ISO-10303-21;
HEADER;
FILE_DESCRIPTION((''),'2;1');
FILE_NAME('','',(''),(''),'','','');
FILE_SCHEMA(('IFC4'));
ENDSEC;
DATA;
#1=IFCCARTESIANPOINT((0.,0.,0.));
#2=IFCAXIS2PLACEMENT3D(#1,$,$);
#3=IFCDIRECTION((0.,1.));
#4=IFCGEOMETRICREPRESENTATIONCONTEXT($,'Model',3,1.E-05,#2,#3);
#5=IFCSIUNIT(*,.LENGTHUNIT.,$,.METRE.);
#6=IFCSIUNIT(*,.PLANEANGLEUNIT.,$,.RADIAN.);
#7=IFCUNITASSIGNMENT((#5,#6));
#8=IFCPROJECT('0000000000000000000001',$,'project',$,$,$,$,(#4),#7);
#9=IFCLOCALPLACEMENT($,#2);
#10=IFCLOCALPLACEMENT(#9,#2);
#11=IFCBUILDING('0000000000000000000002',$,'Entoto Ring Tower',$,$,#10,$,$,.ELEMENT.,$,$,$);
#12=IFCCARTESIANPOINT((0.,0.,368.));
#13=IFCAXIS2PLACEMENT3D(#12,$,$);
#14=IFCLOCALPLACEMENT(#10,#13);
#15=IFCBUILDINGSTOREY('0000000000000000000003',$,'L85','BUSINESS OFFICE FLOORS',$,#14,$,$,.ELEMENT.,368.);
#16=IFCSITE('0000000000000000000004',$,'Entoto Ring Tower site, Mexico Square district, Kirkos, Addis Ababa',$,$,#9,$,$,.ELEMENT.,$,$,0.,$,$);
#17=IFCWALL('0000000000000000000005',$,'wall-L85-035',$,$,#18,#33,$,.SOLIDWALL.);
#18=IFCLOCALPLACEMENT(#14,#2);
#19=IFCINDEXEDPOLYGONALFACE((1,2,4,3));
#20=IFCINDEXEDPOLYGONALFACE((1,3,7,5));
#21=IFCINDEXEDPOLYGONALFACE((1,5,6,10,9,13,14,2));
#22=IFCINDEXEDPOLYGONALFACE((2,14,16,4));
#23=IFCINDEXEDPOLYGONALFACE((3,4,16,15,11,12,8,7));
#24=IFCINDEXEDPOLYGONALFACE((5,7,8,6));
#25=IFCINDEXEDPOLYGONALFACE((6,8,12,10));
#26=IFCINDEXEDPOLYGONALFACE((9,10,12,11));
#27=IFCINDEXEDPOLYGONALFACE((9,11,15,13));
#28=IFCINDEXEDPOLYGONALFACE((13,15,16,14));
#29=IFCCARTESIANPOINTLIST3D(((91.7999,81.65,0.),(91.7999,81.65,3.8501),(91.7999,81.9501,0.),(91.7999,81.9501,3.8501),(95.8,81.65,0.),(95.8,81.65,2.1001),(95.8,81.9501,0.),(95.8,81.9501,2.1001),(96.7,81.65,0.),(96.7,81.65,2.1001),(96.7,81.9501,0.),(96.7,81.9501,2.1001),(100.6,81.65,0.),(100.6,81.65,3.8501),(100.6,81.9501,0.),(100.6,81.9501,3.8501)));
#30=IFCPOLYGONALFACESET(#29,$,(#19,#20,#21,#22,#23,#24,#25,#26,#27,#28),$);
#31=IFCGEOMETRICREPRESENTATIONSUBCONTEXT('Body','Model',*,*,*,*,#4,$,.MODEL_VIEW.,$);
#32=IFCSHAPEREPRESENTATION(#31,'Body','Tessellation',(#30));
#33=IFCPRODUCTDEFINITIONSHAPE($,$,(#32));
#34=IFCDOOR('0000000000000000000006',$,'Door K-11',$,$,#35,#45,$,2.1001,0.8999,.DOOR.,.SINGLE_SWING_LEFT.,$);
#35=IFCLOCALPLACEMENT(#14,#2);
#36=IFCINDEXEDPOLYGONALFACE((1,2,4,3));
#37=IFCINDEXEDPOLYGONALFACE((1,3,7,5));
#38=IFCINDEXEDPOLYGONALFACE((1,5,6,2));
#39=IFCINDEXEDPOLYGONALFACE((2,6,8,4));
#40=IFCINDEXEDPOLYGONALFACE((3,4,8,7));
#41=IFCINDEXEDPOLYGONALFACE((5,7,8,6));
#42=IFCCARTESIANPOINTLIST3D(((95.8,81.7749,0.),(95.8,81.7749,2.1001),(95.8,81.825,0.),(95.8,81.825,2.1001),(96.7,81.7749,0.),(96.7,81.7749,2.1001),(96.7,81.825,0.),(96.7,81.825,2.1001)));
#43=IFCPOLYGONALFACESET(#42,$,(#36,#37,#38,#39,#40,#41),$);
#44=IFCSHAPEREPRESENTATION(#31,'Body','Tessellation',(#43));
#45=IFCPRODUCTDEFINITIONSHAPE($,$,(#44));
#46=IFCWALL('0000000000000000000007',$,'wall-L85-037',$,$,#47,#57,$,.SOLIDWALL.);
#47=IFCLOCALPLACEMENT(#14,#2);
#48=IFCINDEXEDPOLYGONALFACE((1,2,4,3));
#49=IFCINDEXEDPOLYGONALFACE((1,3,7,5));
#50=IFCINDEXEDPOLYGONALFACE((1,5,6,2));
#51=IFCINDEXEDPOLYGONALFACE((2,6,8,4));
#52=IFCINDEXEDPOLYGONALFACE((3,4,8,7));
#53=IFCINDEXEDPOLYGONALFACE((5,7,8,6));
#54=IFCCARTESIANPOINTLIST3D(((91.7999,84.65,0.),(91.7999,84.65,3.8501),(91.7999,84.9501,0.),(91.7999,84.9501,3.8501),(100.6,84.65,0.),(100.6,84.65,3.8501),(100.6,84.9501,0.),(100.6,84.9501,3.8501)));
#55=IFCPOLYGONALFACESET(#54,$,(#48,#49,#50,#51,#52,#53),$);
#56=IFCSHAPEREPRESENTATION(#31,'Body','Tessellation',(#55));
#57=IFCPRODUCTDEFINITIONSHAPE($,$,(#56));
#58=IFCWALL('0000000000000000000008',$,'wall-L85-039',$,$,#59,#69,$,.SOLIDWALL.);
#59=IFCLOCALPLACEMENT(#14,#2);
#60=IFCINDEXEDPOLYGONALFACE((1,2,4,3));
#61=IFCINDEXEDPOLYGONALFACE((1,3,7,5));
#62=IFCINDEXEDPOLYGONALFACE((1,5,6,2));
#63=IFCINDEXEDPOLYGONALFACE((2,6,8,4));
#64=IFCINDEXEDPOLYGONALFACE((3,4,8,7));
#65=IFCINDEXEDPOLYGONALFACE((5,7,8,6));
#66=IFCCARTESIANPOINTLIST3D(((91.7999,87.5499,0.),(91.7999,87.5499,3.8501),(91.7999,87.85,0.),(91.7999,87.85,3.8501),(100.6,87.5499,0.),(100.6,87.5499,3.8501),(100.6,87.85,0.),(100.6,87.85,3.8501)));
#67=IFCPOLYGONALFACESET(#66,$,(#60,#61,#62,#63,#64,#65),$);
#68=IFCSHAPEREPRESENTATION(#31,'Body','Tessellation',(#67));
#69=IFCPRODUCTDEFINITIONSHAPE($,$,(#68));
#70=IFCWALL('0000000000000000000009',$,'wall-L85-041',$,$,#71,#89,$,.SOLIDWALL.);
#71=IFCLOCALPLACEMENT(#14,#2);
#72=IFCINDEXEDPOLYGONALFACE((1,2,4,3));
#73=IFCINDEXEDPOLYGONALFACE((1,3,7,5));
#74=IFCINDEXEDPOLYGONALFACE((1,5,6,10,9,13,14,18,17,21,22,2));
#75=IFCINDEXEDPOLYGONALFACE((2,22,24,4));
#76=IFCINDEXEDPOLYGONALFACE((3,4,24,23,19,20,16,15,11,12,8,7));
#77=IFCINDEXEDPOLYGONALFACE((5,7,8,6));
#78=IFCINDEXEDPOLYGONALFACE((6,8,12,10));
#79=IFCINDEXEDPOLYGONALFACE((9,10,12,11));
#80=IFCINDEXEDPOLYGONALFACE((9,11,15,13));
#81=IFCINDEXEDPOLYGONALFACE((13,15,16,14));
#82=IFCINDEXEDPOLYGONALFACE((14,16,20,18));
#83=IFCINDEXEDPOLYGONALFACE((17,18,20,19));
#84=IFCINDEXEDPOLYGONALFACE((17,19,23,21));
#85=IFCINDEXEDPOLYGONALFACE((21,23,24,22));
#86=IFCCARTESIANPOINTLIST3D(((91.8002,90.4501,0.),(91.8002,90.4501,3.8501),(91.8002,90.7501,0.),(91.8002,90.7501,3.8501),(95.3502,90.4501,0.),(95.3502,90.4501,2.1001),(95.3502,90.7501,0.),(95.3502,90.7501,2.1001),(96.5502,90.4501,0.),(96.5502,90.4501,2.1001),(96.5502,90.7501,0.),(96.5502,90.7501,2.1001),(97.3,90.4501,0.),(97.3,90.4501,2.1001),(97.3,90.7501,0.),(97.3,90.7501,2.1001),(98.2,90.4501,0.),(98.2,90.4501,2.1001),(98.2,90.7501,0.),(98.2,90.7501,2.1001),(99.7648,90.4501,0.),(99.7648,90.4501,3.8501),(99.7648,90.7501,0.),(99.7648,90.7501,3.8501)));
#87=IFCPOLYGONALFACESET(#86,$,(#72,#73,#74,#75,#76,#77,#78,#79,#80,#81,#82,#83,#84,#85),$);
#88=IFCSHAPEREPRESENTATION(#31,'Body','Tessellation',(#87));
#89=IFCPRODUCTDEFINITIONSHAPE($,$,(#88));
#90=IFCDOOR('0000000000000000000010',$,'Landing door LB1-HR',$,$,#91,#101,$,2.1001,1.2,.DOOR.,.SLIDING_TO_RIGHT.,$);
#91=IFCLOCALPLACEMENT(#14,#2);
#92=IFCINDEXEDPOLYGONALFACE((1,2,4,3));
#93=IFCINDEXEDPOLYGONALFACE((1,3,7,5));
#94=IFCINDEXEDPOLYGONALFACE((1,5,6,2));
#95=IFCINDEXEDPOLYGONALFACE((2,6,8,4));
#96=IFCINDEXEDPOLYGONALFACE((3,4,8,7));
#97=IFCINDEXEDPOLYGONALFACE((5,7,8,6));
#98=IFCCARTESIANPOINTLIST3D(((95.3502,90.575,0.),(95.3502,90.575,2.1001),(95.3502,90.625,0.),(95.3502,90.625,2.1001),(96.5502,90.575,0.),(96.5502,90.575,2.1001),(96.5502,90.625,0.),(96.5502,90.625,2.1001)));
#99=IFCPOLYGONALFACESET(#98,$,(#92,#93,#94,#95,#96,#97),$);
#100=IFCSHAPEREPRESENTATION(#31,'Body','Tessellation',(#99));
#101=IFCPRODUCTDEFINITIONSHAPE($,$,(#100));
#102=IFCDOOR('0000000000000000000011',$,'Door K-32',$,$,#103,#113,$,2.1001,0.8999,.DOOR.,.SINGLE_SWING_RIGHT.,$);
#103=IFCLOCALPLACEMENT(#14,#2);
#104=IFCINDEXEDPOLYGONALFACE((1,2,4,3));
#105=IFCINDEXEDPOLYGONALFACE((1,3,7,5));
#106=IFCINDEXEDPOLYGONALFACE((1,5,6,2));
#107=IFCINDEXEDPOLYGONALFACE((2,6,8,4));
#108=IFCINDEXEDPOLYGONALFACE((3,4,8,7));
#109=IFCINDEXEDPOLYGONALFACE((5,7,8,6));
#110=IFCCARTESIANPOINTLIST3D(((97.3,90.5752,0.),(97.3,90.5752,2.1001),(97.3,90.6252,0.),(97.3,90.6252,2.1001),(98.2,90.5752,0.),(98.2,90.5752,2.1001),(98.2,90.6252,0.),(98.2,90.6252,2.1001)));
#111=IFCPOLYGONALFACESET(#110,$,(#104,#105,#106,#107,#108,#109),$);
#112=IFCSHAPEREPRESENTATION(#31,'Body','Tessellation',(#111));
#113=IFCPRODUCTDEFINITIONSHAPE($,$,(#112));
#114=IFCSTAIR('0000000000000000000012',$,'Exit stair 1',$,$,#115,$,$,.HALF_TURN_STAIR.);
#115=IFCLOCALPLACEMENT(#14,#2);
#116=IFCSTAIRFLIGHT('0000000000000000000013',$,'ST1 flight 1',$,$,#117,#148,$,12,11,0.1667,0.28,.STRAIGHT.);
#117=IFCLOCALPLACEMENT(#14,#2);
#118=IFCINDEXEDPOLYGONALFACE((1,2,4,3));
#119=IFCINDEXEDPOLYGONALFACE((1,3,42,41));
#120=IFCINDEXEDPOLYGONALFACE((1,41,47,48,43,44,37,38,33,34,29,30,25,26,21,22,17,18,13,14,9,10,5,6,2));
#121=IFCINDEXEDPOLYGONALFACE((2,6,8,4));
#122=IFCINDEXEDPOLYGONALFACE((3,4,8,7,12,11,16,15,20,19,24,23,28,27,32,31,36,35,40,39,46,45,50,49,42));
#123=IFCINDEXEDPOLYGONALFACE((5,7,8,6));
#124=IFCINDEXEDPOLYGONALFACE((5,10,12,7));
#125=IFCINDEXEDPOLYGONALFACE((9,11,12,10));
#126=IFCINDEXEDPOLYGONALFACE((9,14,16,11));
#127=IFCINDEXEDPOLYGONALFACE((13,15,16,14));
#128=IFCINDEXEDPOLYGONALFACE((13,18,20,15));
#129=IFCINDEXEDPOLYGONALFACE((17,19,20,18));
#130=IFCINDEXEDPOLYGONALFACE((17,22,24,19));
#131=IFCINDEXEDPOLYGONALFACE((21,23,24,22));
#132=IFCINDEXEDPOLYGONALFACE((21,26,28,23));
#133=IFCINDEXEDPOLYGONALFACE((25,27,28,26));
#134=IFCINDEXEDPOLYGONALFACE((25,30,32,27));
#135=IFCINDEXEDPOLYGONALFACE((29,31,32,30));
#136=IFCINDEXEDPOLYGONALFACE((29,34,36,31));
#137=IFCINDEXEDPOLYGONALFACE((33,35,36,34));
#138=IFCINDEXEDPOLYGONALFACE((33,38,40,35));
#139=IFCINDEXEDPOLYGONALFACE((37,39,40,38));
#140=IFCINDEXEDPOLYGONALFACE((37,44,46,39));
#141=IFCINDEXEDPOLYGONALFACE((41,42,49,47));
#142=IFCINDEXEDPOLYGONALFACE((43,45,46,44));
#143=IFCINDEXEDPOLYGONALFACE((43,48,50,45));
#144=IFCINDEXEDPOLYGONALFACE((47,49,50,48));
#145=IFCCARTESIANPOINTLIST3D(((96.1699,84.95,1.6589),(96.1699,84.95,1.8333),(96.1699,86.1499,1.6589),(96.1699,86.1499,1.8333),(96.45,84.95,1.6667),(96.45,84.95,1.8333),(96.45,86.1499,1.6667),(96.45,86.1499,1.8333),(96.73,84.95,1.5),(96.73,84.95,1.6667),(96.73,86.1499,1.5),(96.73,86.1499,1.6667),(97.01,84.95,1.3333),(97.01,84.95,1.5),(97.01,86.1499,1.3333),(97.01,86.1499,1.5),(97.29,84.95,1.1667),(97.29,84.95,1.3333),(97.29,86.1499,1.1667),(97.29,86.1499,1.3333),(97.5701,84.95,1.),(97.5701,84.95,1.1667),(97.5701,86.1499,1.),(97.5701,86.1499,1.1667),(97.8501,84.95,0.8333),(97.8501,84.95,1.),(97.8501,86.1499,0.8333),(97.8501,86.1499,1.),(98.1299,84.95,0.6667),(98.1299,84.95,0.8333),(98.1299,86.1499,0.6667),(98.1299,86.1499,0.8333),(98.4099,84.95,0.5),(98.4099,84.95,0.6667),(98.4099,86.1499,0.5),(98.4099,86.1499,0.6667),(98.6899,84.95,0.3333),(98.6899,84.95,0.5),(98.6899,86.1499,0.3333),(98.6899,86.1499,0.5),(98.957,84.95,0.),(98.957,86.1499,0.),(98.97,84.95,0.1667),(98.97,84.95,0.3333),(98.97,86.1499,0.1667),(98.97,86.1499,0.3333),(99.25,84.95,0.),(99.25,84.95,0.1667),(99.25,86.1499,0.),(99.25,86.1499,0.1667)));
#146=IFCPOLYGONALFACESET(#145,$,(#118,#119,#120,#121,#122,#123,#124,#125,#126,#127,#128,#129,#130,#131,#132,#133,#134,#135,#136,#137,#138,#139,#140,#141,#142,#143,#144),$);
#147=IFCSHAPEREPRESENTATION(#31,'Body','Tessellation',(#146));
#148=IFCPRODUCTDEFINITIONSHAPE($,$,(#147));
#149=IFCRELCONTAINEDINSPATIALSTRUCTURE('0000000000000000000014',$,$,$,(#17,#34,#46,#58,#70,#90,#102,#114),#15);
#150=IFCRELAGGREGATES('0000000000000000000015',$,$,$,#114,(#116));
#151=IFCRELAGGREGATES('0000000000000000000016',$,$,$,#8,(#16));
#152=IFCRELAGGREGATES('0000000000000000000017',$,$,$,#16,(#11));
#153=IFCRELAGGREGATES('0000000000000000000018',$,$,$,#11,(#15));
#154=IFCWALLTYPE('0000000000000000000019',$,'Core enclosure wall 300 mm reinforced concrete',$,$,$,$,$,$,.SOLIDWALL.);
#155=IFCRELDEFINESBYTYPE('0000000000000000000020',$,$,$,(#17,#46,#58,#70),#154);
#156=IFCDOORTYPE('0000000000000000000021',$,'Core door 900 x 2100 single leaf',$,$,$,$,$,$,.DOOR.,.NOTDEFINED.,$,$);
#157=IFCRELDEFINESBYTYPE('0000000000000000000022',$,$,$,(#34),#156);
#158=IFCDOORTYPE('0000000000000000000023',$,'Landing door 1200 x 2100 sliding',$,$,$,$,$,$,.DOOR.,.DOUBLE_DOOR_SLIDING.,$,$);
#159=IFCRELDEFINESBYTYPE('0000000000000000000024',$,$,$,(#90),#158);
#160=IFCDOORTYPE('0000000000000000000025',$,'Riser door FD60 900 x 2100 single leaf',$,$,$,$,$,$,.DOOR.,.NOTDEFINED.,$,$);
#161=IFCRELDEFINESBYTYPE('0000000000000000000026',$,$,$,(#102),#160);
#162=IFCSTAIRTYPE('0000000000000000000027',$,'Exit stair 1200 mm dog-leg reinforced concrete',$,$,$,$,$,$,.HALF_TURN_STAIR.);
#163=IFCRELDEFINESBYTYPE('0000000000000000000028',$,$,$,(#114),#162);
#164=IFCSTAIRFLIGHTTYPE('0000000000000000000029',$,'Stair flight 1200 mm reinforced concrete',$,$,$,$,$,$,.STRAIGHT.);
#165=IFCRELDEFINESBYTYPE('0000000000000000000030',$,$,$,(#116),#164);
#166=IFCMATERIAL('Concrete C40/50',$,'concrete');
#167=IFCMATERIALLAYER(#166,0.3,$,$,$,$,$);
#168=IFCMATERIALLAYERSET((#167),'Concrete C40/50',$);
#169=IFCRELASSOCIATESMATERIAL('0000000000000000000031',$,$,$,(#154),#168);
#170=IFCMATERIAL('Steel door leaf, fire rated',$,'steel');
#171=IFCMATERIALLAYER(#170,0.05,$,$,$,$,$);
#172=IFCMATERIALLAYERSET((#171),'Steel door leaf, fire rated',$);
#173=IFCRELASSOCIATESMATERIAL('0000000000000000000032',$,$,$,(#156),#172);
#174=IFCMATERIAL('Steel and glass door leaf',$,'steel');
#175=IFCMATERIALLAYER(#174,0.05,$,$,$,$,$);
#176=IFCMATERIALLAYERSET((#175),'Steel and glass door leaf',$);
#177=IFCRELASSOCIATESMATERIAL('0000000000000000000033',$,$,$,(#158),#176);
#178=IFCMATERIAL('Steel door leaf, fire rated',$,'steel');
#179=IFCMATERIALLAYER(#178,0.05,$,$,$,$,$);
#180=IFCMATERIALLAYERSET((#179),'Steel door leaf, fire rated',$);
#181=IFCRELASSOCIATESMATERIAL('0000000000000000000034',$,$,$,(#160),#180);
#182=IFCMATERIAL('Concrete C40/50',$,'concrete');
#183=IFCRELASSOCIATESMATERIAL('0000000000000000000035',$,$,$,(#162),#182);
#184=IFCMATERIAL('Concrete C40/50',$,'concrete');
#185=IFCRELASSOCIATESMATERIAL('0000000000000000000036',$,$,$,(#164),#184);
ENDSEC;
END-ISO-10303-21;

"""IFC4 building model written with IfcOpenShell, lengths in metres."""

from ifc_helpers import new_model, si_unit, direction, frame, frame_2d, origin, place, context, subcontext, project, spatial, polyline, rectangle, outline, extrude, material, layer, layer_set, type_object, element, fill, aggregate, save


model = new_model("IFC4")

# Units and contexts
model_context = context("Model", 3, precision=1e-05, world=origin(), true_north=direction((0.0, 1.0)))
body_context = subcontext(model_context, "Body", "Model", "MODEL_VIEW")
ifc_project = project(units=[si_unit("LENGTHUNIT", "METRE"), si_unit("PLANEANGLEUNIT", "RADIAN")], contexts=[model_context])

# Site, building, storey
site_placement = place(None, origin())
site = spatial("IfcSite", under=ifc_project, at=site_placement, Name="Entoto Ring Tower site, Mexico Square district, Kirkos, Addis Ababa", CompositionType="ELEMENT", RefElevation=0.0)
building_placement = place(site_placement, origin())
building = spatial("IfcBuilding", under=site, at=building_placement, Name="Entoto Ring Tower", CompositionType="ELEMENT")
storey_placement = place(building_placement, frame((0.0, 0.0, 368.0)))
storey = spatial("IfcBuildingStorey", under=building, at=storey_placement, Name="L85", Description="BUSINESS OFFICE FLOORS", CompositionType="ELEMENT", Elevation=368.0)

# Shared definitions
ifc_material_1 = material(Name="Concrete C40/50", Category="concrete")
ifc_layer_1 = layer(ifc_material_1, 0.3)
ifc_layer_set_1 = layer_set([ifc_layer_1], Name="Concrete C40/50")
wall_type = type_object("IfcWallType", Name="Core enclosure wall 300 mm reinforced concrete", PredefinedType="SOLIDWALL", material=ifc_layer_set_1)

# Shared definitions
ifc_material_2 = material(Name="Steel door leaf, fire rated", Category="steel")
ifc_layer_2 = layer(ifc_material_2, 0.05)
ifc_layer_set_2 = layer_set([ifc_layer_2], Name="Steel door leaf, fire rated")
door_type_1 = type_object("IfcDoorType", Name="Core door 900 x 2100 single leaf", OperationType="NOTDEFINED", PredefinedType="DOOR", material=ifc_layer_set_2)
ifc_material_3 = material(Name="Steel and glass door leaf", Category="steel")
ifc_layer_3 = layer(ifc_material_3, 0.05)
ifc_layer_set_3 = layer_set([ifc_layer_3], Name="Steel and glass door leaf")
door_type_2 = type_object("IfcDoorType", Name="Landing door 1200 x 2100 sliding", OperationType="DOUBLE_DOOR_SLIDING", PredefinedType="DOOR", material=ifc_layer_set_3)

# Wall, opening, door
wall_1_placement = place(storey_placement, frame((91.8, 81.8, 0.0), z_axis=(0.0, 0.0, 1.0), x_axis=(1.0, 0.0, 0.0)))
wall_1 = element("IfcWall", 1, at=wall_1_placement, inside=storey, type_object=wall_type, Name="wall-L85-035", PredefinedType="SOLIDWALL", context=body_context, shape_type="SweptSolid", body=[
    extrude(rectangle(XDim=8.8, YDim=0.3, at=frame_2d((4.3999, 0.0))), origin(), (0.0, 0.0, 1.0), 3.8501),
])
opening_1_placement = place(wall_1_placement, frame((4.0, 0.0, 0.0)))
opening_1 = element("IfcOpeningElement", 2, at=opening_1_placement, cuts=wall_1, PredefinedType="OPENING", context=body_context, shape_type="SweptSolid", body=[
    extrude(rectangle(XDim=0.8999, YDim=2.1001, at=frame_2d((0.45, 1.05))), frame((0.0, 0.1602, 0.0), z_axis=(0.0, -1.0, 0.0), x_axis=(1.0, 0.0, 0.0)), (0.0, 0.0, 1.0), 0.3201),
])
door_1_placement = place(opening_1_placement, origin())
door_1 = element("IfcDoor", 3, at=door_1_placement, inside=storey, type_object=door_type_1, Name="Door K-11", OperationType="SINGLE_SWING_LEFT", OverallHeight=2.1001, OverallWidth=0.8999, PredefinedType="DOOR", context=body_context, shape_type="SweptSolid", body=[
    extrude(rectangle(XDim=0.8999, YDim=2.1001, at=frame_2d((0.45, 1.05))), frame((0.0, 0.0249, 0.0), z_axis=(0.0, -1.0, 0.0), x_axis=(1.0, 0.0, 0.0)), (0.0, 0.0, 1.0), 0.05),
])
fill(opening_1, door_1)

# Walls
for number, where, z_axis, x_axis, name in (
    (4, (91.8, 84.8, 0.0), (0.0, 0.0, 1.0), (1.0, 0.0, 0.0), "wall-L85-037"),
    (5, (91.8, 87.7, 0.0), (0.0, 0.0, 1.0), (1.0, 0.0, 0.0), "wall-L85-039"),
):
    element("IfcWall", number, at=place(storey_placement, frame(where, z_axis=z_axis, x_axis=x_axis)), inside=storey, type_object=wall_type, Name=name, PredefinedType="SOLIDWALL", context=body_context, shape_type="SweptSolid", body=[
        extrude(rectangle(XDim=8.8, YDim=0.3, at=frame_2d((4.3999, 0.0))), origin(), (0.0, 0.0, 1.0), 3.8501),
    ])

# Wall, openings, doors
wall_2_placement = place(storey_placement, frame((91.8, 90.6001, 0.0), z_axis=(0.0, 0.0, 1.0), x_axis=(1.0, 0.0, 0.0)))
wall_2 = element("IfcWall", 6, at=wall_2_placement, inside=storey, type_object=wall_type, Name="wall-L85-041", PredefinedType="SOLIDWALL", context=body_context, shape_type="SweptSolid", body=[
    extrude(rectangle(XDim=7.9646, YDim=0.3, at=frame_2d((3.9824, 0.0))), origin(), (0.0, 0.0, 1.0), 3.8501),
])
opening_2_placement = place(wall_2_placement, frame((3.55, 0.0, 0.0)))
opening_2 = element("IfcOpeningElement", 7, at=opening_2_placement, cuts=wall_2, PredefinedType="OPENING", context=body_context, shape_type="SweptSolid", body=[
    extrude(rectangle(XDim=1.2, YDim=2.1001, at=frame_2d((0.6001, 1.05))), frame((0.0, 0.1602, 0.0), z_axis=(0.0, -1.0, 0.0), x_axis=(1.0, 0.0, 0.0)), (0.0, 0.0, 1.0), 0.3201),
])
opening_3_placement = place(wall_2_placement, frame((5.5, 0.0, 0.0)))
opening_3 = element("IfcOpeningElement", 8, at=opening_3_placement, cuts=wall_2, PredefinedType="OPENING", context=body_context, shape_type="SweptSolid", body=[
    extrude(rectangle(XDim=0.8999, YDim=2.1001, at=frame_2d((0.45, 1.05))), frame((0.0, 0.1602, 0.0), z_axis=(0.0, -1.0, 0.0), x_axis=(1.0, 0.0, 0.0)), (0.0, 0.0, 1.0), 0.3201),
])
door_2_placement = place(opening_2_placement, origin())
door_2 = element("IfcDoor", 9, at=door_2_placement, inside=storey, type_object=door_type_2, Name="Landing door LB1-HR", OperationType="SLIDING_TO_RIGHT", OverallHeight=2.1001, OverallWidth=1.2, PredefinedType="DOOR", context=body_context, shape_type="SweptSolid", body=[
    extrude(rectangle(XDim=1.2, YDim=2.1001, at=frame_2d((0.6001, 1.05))), frame((0.0, 0.0249, 0.0), z_axis=(0.0, -1.0, 0.0), x_axis=(1.0, 0.0, 0.0)), (0.0, 0.0, 1.0), 0.05),
])
fill(opening_2, door_2)
ifc_material_4 = material(Name="Steel door leaf, fire rated", Category="steel")
ifc_layer_4 = layer(ifc_material_4, 0.05)
ifc_layer_set_4 = layer_set([ifc_layer_4], Name="Steel door leaf, fire rated")
door_type_3 = type_object("IfcDoorType", Name="Riser door FD60 900 x 2100 single leaf", OperationType="NOTDEFINED", PredefinedType="DOOR", material=ifc_layer_set_4)
door_3_placement = place(opening_3_placement, frame((0.8999, 0.0, 0.0), z_axis=(0.0, 0.0, 1.0), x_axis=(-1.0, 0.0, 0.0)))
door_3 = element("IfcDoor", 10, at=door_3_placement, inside=storey, type_object=door_type_3, Name="Door K-32", OperationType="SINGLE_SWING_RIGHT", OverallHeight=2.1001, OverallWidth=0.8999, PredefinedType="DOOR", context=body_context, shape_type="SweptSolid", body=[
    extrude(rectangle(XDim=0.8999, YDim=2.1001, at=frame_2d((0.45, 1.05))), frame((0.0, 0.0249, 0.0), z_axis=(0.0, -1.0, 0.0), x_axis=(1.0, 0.0, 0.0)), (0.0, 0.0, 1.0), 0.05),
])
fill(opening_3, door_3)

# Stair, stair flight
ifc_material_5 = material(Name="Concrete C40/50", Category="concrete")
stair_type = type_object("IfcStairType", Name="Exit stair 1200 mm dog-leg reinforced concrete", PredefinedType="HALF_TURN_STAIR", material=ifc_material_5)
stair_placement = place(storey_placement, origin())
stair = element("IfcStair", 11, at=stair_placement, inside=storey, type_object=stair_type, Name="Exit stair 1", PredefinedType="HALF_TURN_STAIR")
ifc_material_6 = material(Name="Concrete C40/50", Category="concrete")
stair_flight_type = type_object("IfcStairFlightType", Name="Stair flight 1200 mm reinforced concrete", PredefinedType="STRAIGHT", material=ifc_material_6)
stair_flight_1_placement = place(storey_placement, frame((99.25, 85.55, 0.0), z_axis=(0.0, 0.0, 1.0), x_axis=(-1.0, 0.0, 0.0)))
stair_flight_1 = element("IfcStairFlight", 12, at=stair_flight_1_placement, type_object=stair_flight_type, Name="ST1 flight 1", NumberOfRisers=12, NumberOfTreads=11, PredefinedType="STRAIGHT", RiserHeight=0.1667, TreadLength=0.28, context=body_context, shape_type="SweptSolid", body=[
    extrude(outline(polyline([(0.0, 0.0), (0.0, 0.1667), (0.28, 0.1667), (0.28, 0.3333), (0.5601, 0.3333), (0.5601, 0.5), (0.8401, 0.5), (0.8401, 0.6667), (1.1201, 0.6667), (1.1201, 0.8333), (1.3999, 0.8333), (1.3999, 1.0), (1.6799, 1.0), (1.6799, 1.1667), (1.96, 1.1667), (1.96, 1.3333), (2.24, 1.3333), (2.24, 1.5), (2.52, 1.5), (2.52, 1.6667), (2.8, 1.6667), (2.8, 1.8333), (3.0801, 1.8333), (3.0801, 2.0), (3.0801, 1.6589), (0.293, 0.0), (0.0, 0.0)])), frame((0.0, 0.6001, 0.0), z_axis=(0.0, -1.0, 0.0), x_axis=(1.0, 0.0, 0.0)), (0.0, 0.0, 1.0), 1.2),
])
aggregate(stair, [stair_flight_1])

save(model, "model.ifc")
